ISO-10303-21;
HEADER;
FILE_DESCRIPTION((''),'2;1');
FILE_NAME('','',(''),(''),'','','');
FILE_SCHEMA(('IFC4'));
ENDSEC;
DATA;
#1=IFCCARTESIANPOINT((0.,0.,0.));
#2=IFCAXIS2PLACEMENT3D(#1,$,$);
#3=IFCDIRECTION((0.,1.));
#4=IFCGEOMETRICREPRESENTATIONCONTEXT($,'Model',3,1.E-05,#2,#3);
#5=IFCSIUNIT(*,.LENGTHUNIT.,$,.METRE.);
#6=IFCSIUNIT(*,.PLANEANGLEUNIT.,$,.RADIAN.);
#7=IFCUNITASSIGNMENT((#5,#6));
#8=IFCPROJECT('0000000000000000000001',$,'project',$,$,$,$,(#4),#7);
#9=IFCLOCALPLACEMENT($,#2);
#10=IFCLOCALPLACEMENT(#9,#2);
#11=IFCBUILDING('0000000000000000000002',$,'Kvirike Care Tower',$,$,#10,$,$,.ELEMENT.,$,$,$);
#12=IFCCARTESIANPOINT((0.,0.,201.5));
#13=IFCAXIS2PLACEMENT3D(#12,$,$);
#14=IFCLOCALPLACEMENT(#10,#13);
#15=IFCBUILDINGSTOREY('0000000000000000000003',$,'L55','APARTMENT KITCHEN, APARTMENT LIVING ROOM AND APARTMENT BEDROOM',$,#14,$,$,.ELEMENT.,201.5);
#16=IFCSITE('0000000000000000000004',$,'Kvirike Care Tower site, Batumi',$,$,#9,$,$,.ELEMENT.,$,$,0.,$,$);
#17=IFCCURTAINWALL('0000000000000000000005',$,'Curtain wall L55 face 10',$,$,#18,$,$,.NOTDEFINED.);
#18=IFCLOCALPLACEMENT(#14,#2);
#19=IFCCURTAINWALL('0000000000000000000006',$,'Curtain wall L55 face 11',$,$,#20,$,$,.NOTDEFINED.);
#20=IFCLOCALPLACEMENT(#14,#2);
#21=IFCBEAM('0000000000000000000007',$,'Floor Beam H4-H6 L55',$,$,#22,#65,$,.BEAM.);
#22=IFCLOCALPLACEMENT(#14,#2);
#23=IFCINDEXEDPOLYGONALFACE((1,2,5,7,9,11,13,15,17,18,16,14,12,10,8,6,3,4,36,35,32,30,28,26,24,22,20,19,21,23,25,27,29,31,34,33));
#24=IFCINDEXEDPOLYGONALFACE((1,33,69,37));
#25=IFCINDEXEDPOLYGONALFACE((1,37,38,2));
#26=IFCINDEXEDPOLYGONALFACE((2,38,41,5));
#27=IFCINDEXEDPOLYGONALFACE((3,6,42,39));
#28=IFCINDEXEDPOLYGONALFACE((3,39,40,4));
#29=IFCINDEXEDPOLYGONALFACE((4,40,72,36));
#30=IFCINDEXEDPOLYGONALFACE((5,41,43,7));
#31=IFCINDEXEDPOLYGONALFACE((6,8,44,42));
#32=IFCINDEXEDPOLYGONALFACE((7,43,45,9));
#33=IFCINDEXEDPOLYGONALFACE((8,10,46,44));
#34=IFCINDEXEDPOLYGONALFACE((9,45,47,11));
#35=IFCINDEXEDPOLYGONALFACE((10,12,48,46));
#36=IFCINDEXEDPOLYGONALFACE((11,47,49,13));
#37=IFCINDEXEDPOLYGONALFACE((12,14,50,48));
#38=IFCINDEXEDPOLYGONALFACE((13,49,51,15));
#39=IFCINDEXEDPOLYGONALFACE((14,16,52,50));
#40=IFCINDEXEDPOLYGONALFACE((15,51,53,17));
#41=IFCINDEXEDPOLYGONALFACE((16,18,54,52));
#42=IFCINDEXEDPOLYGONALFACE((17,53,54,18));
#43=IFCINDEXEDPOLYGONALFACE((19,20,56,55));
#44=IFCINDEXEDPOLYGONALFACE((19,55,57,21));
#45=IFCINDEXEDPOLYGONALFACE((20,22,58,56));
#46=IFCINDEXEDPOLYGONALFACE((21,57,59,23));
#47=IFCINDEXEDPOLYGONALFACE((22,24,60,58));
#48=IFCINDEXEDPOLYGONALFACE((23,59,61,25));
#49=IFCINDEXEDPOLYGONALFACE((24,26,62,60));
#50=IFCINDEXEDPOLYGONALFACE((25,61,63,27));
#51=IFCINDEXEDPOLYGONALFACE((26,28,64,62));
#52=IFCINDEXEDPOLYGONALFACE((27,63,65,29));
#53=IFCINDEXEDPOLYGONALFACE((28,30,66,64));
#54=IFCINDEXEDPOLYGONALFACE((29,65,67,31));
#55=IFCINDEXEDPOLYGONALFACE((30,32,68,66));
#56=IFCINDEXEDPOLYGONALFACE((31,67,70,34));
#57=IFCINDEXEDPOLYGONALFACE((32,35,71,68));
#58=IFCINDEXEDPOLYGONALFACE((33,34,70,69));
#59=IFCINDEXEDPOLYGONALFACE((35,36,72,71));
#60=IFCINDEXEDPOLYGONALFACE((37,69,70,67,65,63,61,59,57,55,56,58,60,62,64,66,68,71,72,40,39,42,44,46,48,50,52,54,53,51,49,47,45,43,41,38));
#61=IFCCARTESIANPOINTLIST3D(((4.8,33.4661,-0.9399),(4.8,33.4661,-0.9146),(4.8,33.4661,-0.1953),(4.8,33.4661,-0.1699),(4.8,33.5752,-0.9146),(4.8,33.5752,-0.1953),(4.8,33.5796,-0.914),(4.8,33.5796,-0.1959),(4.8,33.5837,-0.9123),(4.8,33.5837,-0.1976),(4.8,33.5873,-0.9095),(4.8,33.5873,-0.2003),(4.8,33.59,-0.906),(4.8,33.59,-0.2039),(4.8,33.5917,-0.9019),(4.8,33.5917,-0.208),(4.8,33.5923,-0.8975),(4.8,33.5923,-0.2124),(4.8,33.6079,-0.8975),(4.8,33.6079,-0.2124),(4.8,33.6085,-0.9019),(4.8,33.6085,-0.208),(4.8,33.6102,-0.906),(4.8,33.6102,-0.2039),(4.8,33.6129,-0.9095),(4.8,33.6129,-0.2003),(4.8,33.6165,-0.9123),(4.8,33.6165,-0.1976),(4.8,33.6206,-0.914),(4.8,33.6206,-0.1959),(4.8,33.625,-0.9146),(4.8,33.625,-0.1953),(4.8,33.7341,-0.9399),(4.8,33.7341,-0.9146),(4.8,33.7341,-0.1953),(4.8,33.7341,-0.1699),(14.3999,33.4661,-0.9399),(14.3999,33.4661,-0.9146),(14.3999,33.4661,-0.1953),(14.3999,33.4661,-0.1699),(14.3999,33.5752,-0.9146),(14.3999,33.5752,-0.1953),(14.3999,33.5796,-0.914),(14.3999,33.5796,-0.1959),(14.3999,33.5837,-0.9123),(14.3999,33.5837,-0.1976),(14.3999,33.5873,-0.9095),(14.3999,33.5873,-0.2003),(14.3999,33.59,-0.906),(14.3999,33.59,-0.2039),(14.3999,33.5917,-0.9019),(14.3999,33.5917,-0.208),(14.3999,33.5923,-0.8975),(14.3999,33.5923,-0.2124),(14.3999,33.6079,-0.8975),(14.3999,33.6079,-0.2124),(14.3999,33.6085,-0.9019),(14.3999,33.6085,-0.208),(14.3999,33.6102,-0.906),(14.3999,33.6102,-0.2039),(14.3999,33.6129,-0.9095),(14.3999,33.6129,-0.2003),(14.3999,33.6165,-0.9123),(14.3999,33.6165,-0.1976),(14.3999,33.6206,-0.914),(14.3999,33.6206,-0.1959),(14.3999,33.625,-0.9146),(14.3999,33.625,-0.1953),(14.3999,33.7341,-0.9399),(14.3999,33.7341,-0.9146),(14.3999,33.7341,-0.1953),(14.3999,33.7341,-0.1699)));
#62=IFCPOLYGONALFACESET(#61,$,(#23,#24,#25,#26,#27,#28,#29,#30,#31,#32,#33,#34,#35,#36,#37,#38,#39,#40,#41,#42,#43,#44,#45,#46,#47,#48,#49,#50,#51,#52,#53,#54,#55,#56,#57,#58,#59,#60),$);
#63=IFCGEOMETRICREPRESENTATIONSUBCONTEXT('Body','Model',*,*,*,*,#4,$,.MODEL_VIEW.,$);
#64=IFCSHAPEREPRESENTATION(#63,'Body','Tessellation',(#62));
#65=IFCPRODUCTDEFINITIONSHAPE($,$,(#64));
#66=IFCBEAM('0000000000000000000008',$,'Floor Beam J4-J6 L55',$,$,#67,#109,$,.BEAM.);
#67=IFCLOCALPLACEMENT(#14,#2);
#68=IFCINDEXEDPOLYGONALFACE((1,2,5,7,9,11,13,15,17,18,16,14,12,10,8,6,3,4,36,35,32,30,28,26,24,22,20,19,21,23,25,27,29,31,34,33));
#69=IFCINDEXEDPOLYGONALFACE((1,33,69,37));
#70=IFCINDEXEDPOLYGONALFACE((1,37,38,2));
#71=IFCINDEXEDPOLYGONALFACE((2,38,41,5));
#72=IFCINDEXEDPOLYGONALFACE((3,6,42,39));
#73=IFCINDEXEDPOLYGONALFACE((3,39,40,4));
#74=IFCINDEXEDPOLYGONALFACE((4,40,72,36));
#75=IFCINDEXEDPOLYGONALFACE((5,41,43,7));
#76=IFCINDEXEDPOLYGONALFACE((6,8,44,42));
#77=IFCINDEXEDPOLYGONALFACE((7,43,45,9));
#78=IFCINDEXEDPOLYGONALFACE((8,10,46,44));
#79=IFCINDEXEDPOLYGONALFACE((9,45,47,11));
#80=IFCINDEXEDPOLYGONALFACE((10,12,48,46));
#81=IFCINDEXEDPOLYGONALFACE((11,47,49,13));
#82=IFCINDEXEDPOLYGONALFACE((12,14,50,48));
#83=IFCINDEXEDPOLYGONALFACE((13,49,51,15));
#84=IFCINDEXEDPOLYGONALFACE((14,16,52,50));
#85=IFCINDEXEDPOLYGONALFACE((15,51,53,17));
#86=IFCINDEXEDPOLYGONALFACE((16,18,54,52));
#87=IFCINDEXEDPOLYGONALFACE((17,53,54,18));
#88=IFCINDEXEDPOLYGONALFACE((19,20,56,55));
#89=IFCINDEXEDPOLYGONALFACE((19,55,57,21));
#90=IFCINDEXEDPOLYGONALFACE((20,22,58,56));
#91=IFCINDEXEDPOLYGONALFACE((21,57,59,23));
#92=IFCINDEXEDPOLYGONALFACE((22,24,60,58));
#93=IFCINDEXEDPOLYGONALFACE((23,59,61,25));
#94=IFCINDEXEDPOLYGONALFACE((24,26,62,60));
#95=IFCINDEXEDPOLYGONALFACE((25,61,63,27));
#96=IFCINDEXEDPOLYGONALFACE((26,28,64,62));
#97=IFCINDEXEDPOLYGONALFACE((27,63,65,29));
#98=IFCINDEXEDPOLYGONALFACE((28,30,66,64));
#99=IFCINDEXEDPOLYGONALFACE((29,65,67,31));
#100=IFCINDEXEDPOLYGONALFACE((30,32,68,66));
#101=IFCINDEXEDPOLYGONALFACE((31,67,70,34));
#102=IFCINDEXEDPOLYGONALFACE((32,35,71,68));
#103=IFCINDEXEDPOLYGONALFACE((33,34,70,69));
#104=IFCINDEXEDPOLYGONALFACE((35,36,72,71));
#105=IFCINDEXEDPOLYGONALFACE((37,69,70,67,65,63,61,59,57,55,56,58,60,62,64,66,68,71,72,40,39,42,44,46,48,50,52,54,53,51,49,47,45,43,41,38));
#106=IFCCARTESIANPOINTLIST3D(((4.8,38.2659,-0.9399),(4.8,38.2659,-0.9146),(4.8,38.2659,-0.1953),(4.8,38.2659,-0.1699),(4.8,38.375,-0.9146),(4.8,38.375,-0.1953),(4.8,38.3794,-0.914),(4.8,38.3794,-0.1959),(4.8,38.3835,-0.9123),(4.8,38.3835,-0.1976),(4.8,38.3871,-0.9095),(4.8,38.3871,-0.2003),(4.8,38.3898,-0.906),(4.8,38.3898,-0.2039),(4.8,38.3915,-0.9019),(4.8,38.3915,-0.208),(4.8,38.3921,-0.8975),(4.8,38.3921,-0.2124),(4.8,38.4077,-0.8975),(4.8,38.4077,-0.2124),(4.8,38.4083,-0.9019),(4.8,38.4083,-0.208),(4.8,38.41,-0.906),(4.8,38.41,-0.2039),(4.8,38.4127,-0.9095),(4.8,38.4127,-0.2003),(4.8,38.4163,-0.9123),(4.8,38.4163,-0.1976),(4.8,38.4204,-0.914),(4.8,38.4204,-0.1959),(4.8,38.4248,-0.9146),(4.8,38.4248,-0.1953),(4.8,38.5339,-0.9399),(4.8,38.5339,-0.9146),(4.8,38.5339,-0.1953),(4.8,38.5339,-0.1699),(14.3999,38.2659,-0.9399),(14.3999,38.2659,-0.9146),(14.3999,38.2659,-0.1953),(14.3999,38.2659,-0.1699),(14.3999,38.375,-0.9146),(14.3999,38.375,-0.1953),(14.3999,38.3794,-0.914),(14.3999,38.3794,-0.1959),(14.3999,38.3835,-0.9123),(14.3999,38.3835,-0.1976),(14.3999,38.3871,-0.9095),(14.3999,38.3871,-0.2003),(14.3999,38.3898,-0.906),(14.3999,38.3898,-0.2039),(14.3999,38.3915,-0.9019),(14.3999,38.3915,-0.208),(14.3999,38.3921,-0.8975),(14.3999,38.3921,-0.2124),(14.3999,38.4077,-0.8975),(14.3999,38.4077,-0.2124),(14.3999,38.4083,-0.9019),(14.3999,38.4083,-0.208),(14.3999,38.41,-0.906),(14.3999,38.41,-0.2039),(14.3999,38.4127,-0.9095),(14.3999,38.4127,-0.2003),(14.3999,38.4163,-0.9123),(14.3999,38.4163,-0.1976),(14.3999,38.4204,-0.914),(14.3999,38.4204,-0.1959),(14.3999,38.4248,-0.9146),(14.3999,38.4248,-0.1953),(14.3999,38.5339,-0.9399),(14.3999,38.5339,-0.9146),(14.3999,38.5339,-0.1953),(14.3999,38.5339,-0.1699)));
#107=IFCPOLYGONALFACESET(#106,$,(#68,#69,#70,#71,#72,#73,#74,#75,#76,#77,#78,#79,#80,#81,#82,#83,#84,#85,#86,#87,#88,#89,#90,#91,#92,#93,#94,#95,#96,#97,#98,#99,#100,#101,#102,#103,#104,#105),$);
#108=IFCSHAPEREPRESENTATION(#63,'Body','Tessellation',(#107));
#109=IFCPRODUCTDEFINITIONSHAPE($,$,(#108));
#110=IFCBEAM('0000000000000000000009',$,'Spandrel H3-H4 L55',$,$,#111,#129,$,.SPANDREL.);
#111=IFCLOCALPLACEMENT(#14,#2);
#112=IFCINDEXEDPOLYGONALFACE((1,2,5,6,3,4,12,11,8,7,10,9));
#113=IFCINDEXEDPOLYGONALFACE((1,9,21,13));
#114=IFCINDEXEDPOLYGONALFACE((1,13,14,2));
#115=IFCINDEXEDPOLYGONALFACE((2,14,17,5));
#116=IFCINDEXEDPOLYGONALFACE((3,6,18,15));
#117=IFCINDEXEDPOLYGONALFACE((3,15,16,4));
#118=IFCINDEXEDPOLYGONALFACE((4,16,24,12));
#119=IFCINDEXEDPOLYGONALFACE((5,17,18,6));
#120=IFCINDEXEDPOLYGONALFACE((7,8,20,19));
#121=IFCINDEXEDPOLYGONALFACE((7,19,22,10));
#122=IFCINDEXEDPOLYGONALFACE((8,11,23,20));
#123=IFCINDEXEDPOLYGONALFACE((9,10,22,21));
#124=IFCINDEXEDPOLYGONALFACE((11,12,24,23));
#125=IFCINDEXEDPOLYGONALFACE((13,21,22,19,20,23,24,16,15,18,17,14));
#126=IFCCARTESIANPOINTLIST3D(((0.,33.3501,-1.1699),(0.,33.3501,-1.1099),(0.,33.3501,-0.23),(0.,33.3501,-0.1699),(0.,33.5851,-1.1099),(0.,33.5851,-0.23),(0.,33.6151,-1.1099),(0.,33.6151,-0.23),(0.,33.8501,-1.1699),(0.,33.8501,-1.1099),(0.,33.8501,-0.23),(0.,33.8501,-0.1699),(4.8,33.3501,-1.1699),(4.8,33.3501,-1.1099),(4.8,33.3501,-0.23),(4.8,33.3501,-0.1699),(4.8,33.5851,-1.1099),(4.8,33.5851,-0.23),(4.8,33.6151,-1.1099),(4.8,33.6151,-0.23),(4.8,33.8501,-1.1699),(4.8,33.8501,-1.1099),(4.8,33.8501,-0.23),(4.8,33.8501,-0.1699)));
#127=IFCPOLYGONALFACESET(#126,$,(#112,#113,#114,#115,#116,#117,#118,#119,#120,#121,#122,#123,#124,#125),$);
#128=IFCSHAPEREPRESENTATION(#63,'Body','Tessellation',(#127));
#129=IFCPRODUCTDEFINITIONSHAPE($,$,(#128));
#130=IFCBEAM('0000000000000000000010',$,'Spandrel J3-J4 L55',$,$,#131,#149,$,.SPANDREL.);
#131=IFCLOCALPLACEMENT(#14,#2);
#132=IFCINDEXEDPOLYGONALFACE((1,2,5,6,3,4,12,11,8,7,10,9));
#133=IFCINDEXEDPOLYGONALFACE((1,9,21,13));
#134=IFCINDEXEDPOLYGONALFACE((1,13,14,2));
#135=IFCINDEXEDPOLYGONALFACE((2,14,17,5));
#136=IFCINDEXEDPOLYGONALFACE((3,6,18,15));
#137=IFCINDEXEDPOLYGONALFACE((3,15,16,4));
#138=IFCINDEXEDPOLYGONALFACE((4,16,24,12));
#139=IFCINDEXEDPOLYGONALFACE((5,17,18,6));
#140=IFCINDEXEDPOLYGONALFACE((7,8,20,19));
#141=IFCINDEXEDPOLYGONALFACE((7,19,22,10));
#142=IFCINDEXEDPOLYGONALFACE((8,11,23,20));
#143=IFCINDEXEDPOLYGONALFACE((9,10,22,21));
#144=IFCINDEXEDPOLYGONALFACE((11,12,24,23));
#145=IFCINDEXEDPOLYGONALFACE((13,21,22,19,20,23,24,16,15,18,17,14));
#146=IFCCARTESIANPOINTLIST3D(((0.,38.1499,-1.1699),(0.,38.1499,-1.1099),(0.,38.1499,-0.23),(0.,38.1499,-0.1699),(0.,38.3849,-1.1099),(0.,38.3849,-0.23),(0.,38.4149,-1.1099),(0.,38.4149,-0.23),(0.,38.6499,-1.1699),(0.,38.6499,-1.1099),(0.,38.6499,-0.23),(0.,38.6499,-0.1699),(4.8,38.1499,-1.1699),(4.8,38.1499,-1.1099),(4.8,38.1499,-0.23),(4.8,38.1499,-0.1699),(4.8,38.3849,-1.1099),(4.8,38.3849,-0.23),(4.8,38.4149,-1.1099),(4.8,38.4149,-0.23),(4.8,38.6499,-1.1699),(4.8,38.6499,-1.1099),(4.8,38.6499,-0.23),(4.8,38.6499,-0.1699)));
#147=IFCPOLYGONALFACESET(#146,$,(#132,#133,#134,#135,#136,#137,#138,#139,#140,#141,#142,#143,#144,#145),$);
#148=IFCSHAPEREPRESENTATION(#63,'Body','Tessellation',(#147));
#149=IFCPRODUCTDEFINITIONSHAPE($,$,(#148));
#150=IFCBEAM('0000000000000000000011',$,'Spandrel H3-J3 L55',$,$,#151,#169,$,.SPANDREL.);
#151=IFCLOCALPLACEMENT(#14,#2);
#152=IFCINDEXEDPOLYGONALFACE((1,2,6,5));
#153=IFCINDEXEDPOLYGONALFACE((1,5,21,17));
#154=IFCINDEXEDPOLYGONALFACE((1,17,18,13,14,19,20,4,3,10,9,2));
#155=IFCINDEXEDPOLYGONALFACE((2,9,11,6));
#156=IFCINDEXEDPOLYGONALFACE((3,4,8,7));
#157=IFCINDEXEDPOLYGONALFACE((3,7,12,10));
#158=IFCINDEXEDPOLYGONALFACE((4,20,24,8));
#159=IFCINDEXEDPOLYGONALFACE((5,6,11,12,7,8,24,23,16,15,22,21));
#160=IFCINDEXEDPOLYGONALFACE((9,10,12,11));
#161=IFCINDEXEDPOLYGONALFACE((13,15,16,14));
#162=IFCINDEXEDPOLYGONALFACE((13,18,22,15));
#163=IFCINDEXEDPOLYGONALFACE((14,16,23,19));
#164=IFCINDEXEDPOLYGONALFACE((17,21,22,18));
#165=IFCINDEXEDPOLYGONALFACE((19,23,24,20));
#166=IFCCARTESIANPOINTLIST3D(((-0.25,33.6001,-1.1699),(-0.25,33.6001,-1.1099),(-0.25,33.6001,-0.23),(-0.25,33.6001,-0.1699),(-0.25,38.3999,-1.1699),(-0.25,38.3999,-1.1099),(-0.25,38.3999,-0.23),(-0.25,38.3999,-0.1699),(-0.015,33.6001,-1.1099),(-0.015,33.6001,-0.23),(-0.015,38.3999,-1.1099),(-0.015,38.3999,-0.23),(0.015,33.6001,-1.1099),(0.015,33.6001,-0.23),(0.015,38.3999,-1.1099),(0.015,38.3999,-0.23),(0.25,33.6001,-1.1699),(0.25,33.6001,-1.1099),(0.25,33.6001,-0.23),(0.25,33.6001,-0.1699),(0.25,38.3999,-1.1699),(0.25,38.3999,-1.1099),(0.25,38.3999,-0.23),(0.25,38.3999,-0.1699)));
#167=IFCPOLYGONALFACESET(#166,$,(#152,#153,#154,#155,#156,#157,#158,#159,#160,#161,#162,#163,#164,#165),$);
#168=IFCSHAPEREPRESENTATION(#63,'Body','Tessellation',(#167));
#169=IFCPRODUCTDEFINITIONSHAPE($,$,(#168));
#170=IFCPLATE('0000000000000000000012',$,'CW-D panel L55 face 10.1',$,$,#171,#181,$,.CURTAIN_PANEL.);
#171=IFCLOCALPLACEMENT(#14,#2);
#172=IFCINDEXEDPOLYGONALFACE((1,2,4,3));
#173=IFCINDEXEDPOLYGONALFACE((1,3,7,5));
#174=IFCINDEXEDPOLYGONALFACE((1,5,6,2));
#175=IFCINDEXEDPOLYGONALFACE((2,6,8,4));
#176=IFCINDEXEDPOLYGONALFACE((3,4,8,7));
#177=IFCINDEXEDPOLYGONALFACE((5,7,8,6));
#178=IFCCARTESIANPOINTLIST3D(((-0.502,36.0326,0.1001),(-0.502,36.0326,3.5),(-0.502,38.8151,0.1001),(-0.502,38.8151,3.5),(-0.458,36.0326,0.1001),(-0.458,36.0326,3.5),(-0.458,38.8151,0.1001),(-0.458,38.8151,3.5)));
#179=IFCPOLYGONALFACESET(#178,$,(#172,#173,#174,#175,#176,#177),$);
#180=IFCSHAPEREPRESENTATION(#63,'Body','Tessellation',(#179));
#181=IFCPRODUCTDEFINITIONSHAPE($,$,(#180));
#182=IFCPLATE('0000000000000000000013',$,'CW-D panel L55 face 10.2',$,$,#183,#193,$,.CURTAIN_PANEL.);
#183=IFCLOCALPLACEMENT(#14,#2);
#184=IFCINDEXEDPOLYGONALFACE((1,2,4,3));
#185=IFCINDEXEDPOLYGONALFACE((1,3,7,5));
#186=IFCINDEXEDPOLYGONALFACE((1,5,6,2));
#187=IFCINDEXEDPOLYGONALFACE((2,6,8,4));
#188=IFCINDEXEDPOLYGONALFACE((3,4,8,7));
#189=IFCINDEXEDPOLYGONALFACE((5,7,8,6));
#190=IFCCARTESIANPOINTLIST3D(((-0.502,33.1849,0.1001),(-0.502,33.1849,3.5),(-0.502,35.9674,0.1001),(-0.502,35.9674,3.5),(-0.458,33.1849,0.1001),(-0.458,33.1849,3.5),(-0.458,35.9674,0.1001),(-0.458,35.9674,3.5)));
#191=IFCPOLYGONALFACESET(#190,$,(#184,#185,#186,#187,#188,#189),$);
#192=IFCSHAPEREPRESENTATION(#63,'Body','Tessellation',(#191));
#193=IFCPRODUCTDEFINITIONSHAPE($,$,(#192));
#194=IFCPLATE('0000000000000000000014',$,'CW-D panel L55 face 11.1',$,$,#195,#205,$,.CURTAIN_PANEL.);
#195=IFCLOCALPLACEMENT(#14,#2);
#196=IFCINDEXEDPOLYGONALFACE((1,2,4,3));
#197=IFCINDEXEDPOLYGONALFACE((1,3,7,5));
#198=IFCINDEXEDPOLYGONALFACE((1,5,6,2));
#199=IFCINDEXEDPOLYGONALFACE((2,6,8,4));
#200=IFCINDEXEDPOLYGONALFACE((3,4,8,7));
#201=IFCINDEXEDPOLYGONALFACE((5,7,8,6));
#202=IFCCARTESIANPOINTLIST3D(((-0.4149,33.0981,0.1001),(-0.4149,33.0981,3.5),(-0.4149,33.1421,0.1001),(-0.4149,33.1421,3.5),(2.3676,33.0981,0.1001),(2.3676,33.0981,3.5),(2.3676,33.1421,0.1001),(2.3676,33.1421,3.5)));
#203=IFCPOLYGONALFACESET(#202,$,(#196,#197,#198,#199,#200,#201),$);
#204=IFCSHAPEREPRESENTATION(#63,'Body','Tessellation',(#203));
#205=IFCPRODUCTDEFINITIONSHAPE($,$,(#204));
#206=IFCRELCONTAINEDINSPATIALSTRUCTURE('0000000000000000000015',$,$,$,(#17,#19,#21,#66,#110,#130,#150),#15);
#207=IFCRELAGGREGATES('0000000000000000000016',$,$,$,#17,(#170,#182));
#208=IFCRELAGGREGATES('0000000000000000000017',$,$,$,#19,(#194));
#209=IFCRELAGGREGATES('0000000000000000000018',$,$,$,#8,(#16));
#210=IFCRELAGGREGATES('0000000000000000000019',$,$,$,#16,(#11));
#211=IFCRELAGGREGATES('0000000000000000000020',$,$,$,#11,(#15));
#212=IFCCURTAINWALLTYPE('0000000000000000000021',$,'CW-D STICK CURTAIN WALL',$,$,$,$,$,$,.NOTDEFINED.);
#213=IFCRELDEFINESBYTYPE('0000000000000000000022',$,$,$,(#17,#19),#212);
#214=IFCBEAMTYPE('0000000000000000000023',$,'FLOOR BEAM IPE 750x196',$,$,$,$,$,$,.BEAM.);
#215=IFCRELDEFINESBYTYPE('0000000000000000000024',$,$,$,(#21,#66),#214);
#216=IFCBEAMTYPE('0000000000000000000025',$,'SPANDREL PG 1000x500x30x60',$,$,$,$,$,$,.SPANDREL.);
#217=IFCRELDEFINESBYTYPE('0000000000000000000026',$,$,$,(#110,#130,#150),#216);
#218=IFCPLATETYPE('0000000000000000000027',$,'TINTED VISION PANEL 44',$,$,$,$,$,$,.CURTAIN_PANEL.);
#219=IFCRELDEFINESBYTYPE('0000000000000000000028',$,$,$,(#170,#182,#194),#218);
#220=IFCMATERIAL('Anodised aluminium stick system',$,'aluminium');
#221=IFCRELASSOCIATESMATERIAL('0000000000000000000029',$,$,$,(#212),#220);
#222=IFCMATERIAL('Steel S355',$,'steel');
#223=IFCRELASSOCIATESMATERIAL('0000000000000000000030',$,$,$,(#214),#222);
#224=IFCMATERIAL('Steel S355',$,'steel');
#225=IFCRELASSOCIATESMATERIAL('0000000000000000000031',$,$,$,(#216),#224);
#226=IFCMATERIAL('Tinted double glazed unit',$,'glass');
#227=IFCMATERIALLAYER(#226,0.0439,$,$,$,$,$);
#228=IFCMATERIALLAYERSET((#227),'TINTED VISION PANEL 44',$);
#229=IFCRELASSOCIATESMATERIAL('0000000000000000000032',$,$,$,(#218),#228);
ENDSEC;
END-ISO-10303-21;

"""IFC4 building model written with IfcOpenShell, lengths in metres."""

from ifc_helpers import new_model, si_unit, direction, frame, origin, origin_2d, place, context, subcontext, project, spatial, rectangle, i_section, extrude, material, layer, layer_set, material_profile, profile_set, type_object, element, aggregate, save


model = new_model("IFC4")

# Units and contexts
model_context = context("Model", 3, precision=1e-05, world=origin(), true_north=direction((0.0, 1.0)))
body_context = subcontext(model_context, "Body", "Model", "MODEL_VIEW")
ifc_project = project(units=[si_unit("LENGTHUNIT", "METRE"), si_unit("PLANEANGLEUNIT", "RADIAN")], contexts=[model_context])

# Site, building, storey
site_placement = place(None, origin())
site = spatial("IfcSite", under=ifc_project, at=site_placement, Name="Kvirike Care Tower site, Batumi", CompositionType="ELEMENT", RefElevation=0.0)
building_placement = place(site_placement, origin())
building = spatial("IfcBuilding", under=site, at=building_placement, Name="Kvirike Care Tower", CompositionType="ELEMENT")
storey_placement = place(building_placement, frame((0.0, 0.0, 201.5)))
storey = spatial("IfcBuildingStorey", under=building, at=storey_placement, Name="L55", Description="APARTMENT KITCHEN, APARTMENT LIVING ROOM AND APARTMENT BEDROOM", CompositionType="ELEMENT", Elevation=201.5)

# Curtain walls
ifc_material_1 = material(Name="Anodised aluminium stick system", Category="aluminium")
curtain_wall_type = type_object("IfcCurtainWallType", Name="CW-D STICK CURTAIN WALL", PredefinedType="NOTDEFINED", material=ifc_material_1)
curtain_wall_1_placement = place(storey_placement, origin())
curtain_wall_1 = element("IfcCurtainWall", 1, at=curtain_wall_1_placement, inside=storey, type_object=curtain_wall_type, Name="Curtain wall L55 face 10", PredefinedType="NOTDEFINED")
curtain_wall_2_placement = place(storey_placement, origin())
curtain_wall_2 = element("IfcCurtainWall", 2, at=curtain_wall_2_placement, inside=storey, type_object=curtain_wall_type, Name="Curtain wall L55 face 11", PredefinedType="NOTDEFINED")

# Beams
ifc_material_2 = material(Name="Steel S355", Category="steel")
ifc_material_profile_1 = material_profile(ifc_material_2, i_section(OverallWidth=0.2681, OverallDepth=0.77, WebThickness=0.0156, FlangeThickness=0.0254, FilletRadius=0.0171, at=origin_2d()), Name="IPE 750x196")
ifc_profile_set_1 = profile_set([ifc_material_profile_1], Name="Steel S355")
beam_type_1 = type_object("IfcBeamType", Name="FLOOR BEAM IPE 750x196", PredefinedType="BEAM", material=ifc_profile_set_1)
for number, where, z_axis, x_axis, name in (
    (3, (4.8, 33.6001, -0.5549), (1.0, 0.0, 0.0), (0.0, 1.0, 0.0), "Floor Beam H4-H6 L55"),
    (4, (4.8, 38.3999, -0.5549), (1.0, 0.0, 0.0), (0.0, 1.0, 0.0), "Floor Beam J4-J6 L55"),
):
    element("IfcBeam", number, at=place(storey_placement, frame(where, z_axis=z_axis, x_axis=x_axis)), inside=storey, type_object=beam_type_1, Name=name, PredefinedType="BEAM", context=body_context, shape_type="SweptSolid", body=[
        extrude(i_section(OverallWidth=0.2681, OverallDepth=0.77, WebThickness=0.0156, FlangeThickness=0.0254, FilletRadius=0.0171, at=origin_2d()), origin(), (0.0, 0.0, 1.0), 9.5999),
    ])
ifc_material_3 = material(Name="Steel S355", Category="steel")
ifc_material_profile_2 = material_profile(ifc_material_3, i_section(OverallWidth=0.5, OverallDepth=1.0, WebThickness=0.03, FlangeThickness=0.0601, at=origin_2d()), Name="PG 1000x500x30x60")
ifc_profile_set_2 = profile_set([ifc_material_profile_2], Name="Steel S355")
beam_type_2 = type_object("IfcBeamType", Name="SPANDREL PG 1000x500x30x60", PredefinedType="SPANDREL", material=ifc_profile_set_2)
for number, where, z_axis, x_axis, name in (
    (5, (0.0, 33.6001, -0.6699), (1.0, 0.0, 0.0), (0.0, 1.0, 0.0), "Spandrel H3-H4 L55"),
    (6, (0.0, 38.3999, -0.6699), (1.0, 0.0, 0.0), (0.0, 1.0, 0.0), "Spandrel J3-J4 L55"),
):
    element("IfcBeam", number, at=place(storey_placement, frame(where, z_axis=z_axis, x_axis=x_axis)), inside=storey, type_object=beam_type_2, Name=name, PredefinedType="SPANDREL", context=body_context, shape_type="SweptSolid", body=[
        extrude(i_section(OverallWidth=0.5, OverallDepth=1.0, WebThickness=0.03, FlangeThickness=0.0601, at=origin_2d()), origin(), (0.0, 0.0, 1.0), 4.8),
    ])
beam_placement = place(storey_placement, frame((0.0, 33.6001, -0.6699), z_axis=(0.0, 1.0, 0.0), x_axis=(-1.0, 0.0, 0.0)))
element("IfcBeam", 7, at=beam_placement, inside=storey, type_object=beam_type_2, Name="Spandrel H3-J3 L55", PredefinedType="SPANDREL", context=body_context, shape_type="SweptSolid", body=[
    extrude(i_section(OverallWidth=0.5, OverallDepth=1.0, WebThickness=0.03, FlangeThickness=0.0601, at=origin_2d()), origin(), (0.0, 0.0, 1.0), 4.7998),
])

# Plates
ifc_material_4 = material(Name="Tinted double glazed unit", Category="glass")
ifc_layer_1 = layer(ifc_material_4, 0.0439)
ifc_layer_set_1 = layer_set([ifc_layer_1], Name="TINTED VISION PANEL 44")
plate_type = type_object("IfcPlateType", Name="TINTED VISION PANEL 44", PredefinedType="CURTAIN_PANEL", material=ifc_layer_set_1)
plate_1_placement = place(storey_placement, frame((-0.48, 37.4238, 0.1001), z_axis=(0.0, 0.0, 1.0), x_axis=(0.0, -1.0, 0.0)))
plate_1 = element("IfcPlate", 8, at=plate_1_placement, type_object=plate_type, Name="CW-D panel L55 face 10.1", PredefinedType="CURTAIN_PANEL", context=body_context, shape_type="SweptSolid", body=[
    extrude(rectangle(XDim=2.7825, YDim=0.0439, at=origin_2d()), origin(), (0.0, 0.0, 1.0), 3.3999),
])
plate_2_placement = place(storey_placement, frame((-0.48, 34.5762, 0.1001), z_axis=(0.0, 0.0, 1.0), x_axis=(0.0, -1.0, 0.0)))
plate_2 = element("IfcPlate", 9, at=plate_2_placement, type_object=plate_type, Name="CW-D panel L55 face 10.2", PredefinedType="CURTAIN_PANEL", context=body_context, shape_type="SweptSolid", body=[
    extrude(rectangle(XDim=2.7825, YDim=0.0439, at=origin_2d()), origin(), (0.0, 0.0, 1.0), 3.3999),
])
aggregate(curtain_wall_1, [plate_1, plate_2])
plate_3_placement = place(storey_placement, frame((0.9763, 33.1201, 0.1001), z_axis=(0.0, 0.0, 1.0), x_axis=(1.0, 0.0, 0.0)))
plate_3 = element("IfcPlate", 10, at=plate_3_placement, type_object=plate_type, Name="CW-D panel L55 face 11.1", PredefinedType="CURTAIN_PANEL", context=body_context, shape_type="SweptSolid", body=[
    extrude(rectangle(XDim=2.7825, YDim=0.0439, at=origin_2d()), origin(), (0.0, 0.0, 1.0), 3.3999),
])
aggregate(curtain_wall_2, [plate_3])

save(model, "model.ifc")
